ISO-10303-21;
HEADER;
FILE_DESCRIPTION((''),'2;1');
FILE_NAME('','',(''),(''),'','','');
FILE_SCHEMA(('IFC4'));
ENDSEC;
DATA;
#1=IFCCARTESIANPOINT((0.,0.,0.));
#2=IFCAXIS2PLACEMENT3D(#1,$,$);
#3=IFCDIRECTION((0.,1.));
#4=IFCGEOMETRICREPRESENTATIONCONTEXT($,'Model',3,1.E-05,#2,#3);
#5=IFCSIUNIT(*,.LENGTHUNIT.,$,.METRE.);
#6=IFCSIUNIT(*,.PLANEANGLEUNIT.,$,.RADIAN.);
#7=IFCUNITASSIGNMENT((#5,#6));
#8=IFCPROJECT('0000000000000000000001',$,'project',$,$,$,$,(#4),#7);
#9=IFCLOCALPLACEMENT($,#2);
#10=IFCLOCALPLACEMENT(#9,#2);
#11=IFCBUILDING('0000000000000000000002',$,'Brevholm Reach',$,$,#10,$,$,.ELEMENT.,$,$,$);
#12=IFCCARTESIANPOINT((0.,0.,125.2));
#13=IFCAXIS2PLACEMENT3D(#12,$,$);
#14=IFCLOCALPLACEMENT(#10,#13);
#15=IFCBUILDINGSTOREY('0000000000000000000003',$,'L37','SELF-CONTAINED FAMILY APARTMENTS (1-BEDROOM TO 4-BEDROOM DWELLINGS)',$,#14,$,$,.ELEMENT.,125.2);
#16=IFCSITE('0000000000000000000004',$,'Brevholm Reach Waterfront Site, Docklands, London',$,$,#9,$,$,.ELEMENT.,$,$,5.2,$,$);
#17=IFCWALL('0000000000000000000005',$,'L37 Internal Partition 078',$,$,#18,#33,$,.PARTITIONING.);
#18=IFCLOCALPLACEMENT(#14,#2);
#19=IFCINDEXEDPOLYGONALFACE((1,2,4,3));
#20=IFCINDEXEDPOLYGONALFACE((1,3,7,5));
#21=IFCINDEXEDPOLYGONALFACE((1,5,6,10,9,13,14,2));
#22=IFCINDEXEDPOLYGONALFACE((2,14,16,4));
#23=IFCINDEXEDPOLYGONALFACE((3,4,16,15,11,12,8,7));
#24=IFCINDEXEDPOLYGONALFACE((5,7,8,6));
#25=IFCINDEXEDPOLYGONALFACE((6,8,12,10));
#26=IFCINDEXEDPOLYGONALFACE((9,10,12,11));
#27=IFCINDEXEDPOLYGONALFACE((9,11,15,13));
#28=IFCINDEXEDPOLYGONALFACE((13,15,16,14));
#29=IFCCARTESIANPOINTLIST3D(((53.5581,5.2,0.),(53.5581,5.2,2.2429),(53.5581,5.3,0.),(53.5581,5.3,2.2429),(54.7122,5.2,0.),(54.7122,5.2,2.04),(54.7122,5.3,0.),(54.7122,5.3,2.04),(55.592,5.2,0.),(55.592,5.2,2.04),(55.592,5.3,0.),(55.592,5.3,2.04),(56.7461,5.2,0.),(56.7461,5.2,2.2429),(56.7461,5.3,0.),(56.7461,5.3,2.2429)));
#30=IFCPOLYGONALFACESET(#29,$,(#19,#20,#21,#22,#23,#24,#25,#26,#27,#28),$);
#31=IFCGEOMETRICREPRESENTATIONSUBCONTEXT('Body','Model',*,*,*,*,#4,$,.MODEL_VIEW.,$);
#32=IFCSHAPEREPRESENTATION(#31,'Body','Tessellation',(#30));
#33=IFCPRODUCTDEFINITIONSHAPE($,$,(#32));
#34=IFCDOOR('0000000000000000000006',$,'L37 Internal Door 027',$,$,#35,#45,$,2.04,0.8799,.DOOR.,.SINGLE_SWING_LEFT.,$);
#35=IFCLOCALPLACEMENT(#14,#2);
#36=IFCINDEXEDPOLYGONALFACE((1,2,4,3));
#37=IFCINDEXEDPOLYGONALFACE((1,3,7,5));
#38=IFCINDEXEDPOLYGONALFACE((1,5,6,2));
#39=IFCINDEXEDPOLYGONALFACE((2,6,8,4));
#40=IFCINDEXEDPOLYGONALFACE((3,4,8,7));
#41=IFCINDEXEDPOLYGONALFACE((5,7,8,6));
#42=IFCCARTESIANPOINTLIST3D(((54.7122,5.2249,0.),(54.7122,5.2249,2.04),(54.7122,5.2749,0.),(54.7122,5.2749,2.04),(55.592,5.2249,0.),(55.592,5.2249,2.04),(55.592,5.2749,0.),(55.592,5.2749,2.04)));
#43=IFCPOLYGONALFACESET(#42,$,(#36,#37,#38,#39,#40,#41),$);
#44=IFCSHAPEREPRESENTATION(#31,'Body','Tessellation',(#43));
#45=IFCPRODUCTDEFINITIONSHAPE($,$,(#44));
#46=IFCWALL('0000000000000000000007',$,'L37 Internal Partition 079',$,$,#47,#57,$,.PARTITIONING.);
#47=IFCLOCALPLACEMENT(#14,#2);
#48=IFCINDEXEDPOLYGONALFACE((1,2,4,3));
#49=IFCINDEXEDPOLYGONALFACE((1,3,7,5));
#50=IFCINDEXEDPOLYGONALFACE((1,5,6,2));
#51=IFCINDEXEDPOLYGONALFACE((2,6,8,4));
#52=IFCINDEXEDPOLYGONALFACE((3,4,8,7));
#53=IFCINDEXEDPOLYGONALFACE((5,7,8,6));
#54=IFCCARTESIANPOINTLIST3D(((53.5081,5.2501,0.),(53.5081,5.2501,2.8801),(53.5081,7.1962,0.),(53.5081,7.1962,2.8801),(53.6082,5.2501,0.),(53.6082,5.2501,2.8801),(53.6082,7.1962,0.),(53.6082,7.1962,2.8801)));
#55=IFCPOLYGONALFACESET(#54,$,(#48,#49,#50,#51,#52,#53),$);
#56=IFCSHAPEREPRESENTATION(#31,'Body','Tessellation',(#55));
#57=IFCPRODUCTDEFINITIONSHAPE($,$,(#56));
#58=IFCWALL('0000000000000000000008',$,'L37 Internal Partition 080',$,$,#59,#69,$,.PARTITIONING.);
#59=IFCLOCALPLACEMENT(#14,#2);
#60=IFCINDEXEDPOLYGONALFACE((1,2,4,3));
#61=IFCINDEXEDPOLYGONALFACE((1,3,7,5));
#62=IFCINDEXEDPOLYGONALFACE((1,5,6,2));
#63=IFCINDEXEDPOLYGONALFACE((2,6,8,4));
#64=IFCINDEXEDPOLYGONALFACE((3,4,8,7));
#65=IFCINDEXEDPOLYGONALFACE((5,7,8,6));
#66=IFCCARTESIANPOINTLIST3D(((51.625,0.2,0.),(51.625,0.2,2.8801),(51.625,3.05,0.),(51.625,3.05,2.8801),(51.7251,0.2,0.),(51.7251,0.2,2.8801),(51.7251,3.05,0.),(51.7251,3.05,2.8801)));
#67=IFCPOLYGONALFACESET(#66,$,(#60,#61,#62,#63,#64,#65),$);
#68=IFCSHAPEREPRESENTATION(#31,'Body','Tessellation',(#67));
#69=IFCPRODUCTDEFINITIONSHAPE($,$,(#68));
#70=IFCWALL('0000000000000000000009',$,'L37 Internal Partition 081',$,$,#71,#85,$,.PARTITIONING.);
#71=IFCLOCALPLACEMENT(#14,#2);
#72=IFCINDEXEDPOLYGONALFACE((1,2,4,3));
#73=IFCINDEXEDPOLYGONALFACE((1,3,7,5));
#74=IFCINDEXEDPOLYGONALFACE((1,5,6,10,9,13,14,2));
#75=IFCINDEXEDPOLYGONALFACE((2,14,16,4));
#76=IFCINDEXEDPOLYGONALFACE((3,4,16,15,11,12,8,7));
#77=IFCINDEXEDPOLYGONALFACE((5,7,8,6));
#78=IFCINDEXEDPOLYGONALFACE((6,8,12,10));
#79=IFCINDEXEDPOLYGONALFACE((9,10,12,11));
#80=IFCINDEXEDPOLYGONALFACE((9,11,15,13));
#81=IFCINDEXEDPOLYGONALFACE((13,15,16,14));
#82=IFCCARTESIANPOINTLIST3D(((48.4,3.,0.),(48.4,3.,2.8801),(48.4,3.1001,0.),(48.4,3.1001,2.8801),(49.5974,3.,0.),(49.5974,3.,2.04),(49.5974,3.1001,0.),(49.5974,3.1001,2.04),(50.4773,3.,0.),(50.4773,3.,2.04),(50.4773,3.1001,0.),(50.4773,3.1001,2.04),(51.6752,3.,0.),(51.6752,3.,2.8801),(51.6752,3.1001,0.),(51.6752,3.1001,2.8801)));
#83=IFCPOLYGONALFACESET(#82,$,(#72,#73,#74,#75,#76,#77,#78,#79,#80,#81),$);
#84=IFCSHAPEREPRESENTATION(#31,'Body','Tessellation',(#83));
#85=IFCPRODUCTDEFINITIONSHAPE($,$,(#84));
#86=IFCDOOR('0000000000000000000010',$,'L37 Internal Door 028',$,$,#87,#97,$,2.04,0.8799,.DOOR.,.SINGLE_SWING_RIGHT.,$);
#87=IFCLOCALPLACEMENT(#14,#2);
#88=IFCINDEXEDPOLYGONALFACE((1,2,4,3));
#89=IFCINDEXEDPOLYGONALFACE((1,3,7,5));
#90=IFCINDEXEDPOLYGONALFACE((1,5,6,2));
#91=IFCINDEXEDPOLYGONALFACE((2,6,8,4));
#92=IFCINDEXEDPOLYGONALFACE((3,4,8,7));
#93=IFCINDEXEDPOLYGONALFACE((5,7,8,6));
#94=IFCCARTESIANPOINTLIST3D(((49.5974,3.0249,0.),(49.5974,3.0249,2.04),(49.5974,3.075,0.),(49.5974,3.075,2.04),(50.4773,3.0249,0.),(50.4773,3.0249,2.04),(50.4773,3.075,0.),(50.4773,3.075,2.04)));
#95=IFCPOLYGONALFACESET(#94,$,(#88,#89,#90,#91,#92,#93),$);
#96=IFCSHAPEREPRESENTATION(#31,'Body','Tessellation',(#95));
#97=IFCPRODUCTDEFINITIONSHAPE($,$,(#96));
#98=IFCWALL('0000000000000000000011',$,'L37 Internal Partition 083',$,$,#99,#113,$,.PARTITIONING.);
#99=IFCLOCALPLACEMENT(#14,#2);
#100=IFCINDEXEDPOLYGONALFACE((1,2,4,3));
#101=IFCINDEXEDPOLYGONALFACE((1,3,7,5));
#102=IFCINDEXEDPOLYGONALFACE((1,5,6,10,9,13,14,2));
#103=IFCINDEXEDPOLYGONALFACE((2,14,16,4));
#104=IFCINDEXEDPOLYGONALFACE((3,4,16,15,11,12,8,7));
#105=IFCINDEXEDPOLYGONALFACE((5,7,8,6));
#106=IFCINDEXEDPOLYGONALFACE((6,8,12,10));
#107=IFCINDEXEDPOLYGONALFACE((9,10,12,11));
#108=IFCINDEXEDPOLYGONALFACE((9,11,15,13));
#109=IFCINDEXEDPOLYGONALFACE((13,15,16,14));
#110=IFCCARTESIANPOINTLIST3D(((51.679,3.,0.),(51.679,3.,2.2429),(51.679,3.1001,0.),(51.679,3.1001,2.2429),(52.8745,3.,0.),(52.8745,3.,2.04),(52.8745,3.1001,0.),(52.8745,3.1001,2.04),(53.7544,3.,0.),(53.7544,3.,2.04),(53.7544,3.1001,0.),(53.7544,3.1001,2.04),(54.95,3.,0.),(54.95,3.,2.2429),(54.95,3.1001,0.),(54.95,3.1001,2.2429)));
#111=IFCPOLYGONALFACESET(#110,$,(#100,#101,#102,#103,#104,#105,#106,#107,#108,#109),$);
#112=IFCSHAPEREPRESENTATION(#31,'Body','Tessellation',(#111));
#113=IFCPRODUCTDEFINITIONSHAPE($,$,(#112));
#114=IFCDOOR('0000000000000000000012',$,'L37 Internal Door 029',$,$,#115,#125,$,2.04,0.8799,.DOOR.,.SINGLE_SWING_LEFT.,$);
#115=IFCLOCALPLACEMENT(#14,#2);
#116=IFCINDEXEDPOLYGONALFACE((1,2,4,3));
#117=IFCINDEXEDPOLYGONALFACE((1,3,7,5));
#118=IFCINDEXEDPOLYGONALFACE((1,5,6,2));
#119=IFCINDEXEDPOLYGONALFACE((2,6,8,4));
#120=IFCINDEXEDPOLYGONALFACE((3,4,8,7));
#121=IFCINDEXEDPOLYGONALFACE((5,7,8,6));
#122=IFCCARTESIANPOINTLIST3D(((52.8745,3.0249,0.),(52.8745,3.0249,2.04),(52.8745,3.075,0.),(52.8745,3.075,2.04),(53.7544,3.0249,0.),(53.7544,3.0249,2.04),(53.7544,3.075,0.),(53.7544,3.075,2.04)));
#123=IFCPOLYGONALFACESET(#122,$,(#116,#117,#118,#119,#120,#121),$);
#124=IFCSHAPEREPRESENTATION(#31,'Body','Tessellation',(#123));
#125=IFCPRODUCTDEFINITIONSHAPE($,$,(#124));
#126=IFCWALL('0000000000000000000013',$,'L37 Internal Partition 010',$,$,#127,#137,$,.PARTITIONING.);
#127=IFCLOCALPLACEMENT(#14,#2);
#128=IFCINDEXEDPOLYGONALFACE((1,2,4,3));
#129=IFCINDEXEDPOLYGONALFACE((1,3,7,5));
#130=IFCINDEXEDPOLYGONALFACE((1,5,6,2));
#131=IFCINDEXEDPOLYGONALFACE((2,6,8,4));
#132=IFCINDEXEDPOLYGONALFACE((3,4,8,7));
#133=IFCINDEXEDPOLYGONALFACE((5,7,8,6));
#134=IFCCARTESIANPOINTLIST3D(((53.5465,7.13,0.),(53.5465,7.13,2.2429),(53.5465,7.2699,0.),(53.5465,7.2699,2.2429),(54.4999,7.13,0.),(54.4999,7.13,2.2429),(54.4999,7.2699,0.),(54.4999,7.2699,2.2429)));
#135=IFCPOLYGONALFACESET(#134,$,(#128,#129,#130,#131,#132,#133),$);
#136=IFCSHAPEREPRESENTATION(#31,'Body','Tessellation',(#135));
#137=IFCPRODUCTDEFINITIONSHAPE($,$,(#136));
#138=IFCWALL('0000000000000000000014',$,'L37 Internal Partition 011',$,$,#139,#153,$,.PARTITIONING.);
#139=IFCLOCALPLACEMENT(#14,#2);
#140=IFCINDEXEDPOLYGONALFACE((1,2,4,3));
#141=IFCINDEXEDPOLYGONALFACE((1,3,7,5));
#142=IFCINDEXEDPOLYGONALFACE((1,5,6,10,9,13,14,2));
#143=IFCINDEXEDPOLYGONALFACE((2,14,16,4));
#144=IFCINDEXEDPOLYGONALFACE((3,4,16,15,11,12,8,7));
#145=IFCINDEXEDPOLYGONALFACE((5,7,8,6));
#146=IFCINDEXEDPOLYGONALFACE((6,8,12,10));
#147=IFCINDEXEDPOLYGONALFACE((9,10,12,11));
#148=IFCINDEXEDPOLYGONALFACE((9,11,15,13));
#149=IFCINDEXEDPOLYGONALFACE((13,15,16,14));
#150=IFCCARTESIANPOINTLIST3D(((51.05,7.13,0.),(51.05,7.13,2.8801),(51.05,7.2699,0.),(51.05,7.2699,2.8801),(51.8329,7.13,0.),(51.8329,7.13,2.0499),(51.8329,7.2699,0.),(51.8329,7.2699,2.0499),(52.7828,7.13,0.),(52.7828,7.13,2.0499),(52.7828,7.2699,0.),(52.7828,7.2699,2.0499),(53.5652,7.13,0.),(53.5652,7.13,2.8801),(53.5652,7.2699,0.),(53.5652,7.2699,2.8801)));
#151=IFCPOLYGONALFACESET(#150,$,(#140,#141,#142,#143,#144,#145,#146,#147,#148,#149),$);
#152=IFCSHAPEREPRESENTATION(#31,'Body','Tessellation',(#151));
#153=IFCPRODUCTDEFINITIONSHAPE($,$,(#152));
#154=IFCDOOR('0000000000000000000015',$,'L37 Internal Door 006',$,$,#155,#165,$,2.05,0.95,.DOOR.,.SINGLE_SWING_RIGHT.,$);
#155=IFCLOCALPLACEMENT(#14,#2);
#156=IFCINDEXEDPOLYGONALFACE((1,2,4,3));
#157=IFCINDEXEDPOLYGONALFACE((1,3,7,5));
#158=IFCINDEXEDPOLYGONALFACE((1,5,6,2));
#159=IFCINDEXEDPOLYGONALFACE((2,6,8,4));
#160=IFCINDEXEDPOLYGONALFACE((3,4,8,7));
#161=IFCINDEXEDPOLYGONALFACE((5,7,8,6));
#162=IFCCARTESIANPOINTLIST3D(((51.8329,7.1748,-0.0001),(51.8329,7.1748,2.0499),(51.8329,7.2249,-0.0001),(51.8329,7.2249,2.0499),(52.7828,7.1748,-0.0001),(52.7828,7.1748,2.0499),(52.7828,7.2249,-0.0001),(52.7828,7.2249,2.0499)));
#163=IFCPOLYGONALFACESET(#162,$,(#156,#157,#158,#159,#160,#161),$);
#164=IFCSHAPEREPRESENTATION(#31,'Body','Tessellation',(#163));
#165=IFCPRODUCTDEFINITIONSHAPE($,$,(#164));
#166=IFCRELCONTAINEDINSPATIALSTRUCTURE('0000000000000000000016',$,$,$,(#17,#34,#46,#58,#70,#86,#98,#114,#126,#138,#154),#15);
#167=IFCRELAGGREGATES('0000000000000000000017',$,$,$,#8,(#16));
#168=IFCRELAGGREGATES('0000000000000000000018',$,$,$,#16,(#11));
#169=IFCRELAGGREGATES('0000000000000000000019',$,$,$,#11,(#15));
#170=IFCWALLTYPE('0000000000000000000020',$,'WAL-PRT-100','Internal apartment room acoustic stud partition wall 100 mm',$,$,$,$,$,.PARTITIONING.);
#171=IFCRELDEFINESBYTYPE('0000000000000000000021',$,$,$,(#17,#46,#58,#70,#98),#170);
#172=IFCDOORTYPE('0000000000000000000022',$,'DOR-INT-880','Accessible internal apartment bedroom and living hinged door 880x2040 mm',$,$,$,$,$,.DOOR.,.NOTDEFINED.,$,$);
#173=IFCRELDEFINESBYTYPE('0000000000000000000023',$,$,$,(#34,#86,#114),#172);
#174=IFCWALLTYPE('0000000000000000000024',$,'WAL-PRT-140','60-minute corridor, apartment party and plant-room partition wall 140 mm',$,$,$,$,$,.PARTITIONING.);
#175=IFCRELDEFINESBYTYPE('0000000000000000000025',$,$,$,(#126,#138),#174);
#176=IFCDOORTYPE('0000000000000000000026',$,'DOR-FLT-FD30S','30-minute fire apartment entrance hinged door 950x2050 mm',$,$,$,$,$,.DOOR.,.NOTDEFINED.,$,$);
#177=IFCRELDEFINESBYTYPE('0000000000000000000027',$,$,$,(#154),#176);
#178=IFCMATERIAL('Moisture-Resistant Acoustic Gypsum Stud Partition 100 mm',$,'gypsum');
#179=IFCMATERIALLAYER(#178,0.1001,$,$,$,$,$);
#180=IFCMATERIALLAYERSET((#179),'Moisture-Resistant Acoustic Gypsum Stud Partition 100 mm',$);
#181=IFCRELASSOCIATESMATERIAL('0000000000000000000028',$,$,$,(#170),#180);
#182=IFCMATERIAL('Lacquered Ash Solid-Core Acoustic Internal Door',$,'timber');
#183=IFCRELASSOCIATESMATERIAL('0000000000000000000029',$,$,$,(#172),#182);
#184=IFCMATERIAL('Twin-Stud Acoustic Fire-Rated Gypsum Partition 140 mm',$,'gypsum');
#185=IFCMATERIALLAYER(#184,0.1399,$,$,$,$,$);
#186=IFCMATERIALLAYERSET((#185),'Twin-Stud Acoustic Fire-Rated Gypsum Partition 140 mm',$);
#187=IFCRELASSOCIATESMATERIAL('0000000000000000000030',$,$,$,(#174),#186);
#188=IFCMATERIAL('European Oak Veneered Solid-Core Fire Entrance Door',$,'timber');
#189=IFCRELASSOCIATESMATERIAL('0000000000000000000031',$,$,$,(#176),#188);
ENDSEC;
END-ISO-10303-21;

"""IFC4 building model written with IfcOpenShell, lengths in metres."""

from ifc_helpers import new_model, si_unit, direction, frame, frame_2d, origin, place, context, subcontext, project, spatial, rectangle, extrude, material, layer, layer_set, type_object, element, fill, save


model = new_model("IFC4")

# Units and contexts
model_context = context("Model", 3, precision=1e-05, world=origin(), true_north=direction((0.0, 1.0)))
body_context = subcontext(model_context, "Body", "Model", "MODEL_VIEW")
ifc_project = project(units=[si_unit("LENGTHUNIT", "METRE"), si_unit("PLANEANGLEUNIT", "RADIAN")], contexts=[model_context])

# Site, building, storey
site_placement = place(None, origin())
site = spatial("IfcSite", under=ifc_project, at=site_placement, Name="Brevholm Reach Waterfront Site, Docklands, London", CompositionType="ELEMENT", RefElevation=5.2)
building_placement = place(site_placement, origin())
building = spatial("IfcBuilding", under=site, at=building_placement, Name="Brevholm Reach", CompositionType="ELEMENT")
storey_placement = place(building_placement, frame((0.0, 0.0, 125.2)))
storey = spatial("IfcBuildingStorey", under=building, at=storey_placement, Name="L37", Description="SELF-CONTAINED FAMILY APARTMENTS (1-BEDROOM TO 4-BEDROOM DWELLINGS)", CompositionType="ELEMENT", Elevation=125.2)

# Wall, opening, door
ifc_material_1 = material(Name="Moisture-Resistant Acoustic Gypsum Stud Partition 100 mm", Category="gypsum")
ifc_layer_1 = layer(ifc_material_1, 0.1001)
ifc_layer_set_1 = layer_set([ifc_layer_1], Name="Moisture-Resistant Acoustic Gypsum Stud Partition 100 mm")
wall_type_1 = type_object("IfcWallType", Name="WAL-PRT-100", Description="Internal apartment room acoustic stud partition wall 100 mm", PredefinedType="PARTITIONING", material=ifc_layer_set_1)
wall_1_placement = place(storey_placement, frame((53.5581, 5.25, 0.0), z_axis=(0.0, 0.0, 1.0), x_axis=(1.0, 0.0, 0.0)))
wall_1 = element("IfcWall", 1, at=wall_1_placement, inside=storey, type_object=wall_type_1, Name="L37 Internal Partition 078", PredefinedType="PARTITIONING", context=body_context, shape_type="SweptSolid", body=[
    extrude(rectangle(XDim=3.188, YDim=0.1001, at=frame_2d((1.594, 0.0))), origin(), (0.0, 0.0, 1.0), 2.2429),
])
opening_1_placement = place(wall_1_placement, frame((1.1541, 0.0, 0.0)))
opening_1 = element("IfcOpeningElement", 2, at=opening_1_placement, cuts=wall_1, PredefinedType="OPENING", context=body_context, shape_type="SweptSolid", body=[
    extrude(rectangle(XDim=0.8799, YDim=2.04, at=frame_2d((0.4399, 1.02))), frame((0.0, 0.0601, 0.0), z_axis=(0.0, -1.0, 0.0), x_axis=(1.0, 0.0, 0.0)), (0.0, 0.0, 1.0), 0.1201),
])
ifc_material_2 = material(Name="Lacquered Ash Solid-Core Acoustic Internal Door", Category="timber")
door_type_1 = type_object("IfcDoorType", Name="DOR-INT-880", Description="Accessible internal apartment bedroom and living hinged door 880x2040 mm", OperationType="NOTDEFINED", PredefinedType="DOOR", material=ifc_material_2)
door_1_placement = place(opening_1_placement, origin())
door_1 = element("IfcDoor", 3, at=door_1_placement, inside=storey, type_object=door_type_1, Name="L37 Internal Door 027", OperationType="SINGLE_SWING_LEFT", OverallHeight=2.04, OverallWidth=0.8799, PredefinedType="DOOR", context=body_context, shape_type="SweptSolid", body=[
    extrude(rectangle(XDim=0.8799, YDim=2.04, at=frame_2d((0.4399, 1.02))), frame((0.0, 0.0249, 0.0), z_axis=(0.0, -1.0, 0.0), x_axis=(1.0, 0.0, 0.0)), (0.0, 0.0, 1.0), 0.05),
])
fill(opening_1, door_1)

# Walls
wall_2_placement = place(storey_placement, frame((53.5581, 5.25, 0.0), z_axis=(0.0, 0.0, 1.0), x_axis=(0.0, 1.0, 0.0)))
element("IfcWall", 4, at=wall_2_placement, inside=storey, type_object=wall_type_1, Name="L37 Internal Partition 079", PredefinedType="PARTITIONING", context=body_context, shape_type="SweptSolid", body=[
    extrude(rectangle(XDim=1.946, YDim=0.1001, at=frame_2d((0.9731, 0.0))), origin(), (0.0, 0.0, 1.0), 2.8801),
])
wall_3_placement = place(storey_placement, frame((51.675, 0.2, 0.0), z_axis=(0.0, 0.0, 1.0), x_axis=(0.0, 1.0, 0.0)))
element("IfcWall", 5, at=wall_3_placement, inside=storey, type_object=wall_type_1, Name="L37 Internal Partition 080", PredefinedType="PARTITIONING", context=body_context, shape_type="SweptSolid", body=[
    extrude(rectangle(XDim=2.8501, YDim=0.1001, at=frame_2d((1.425, 0.0))), origin(), (0.0, 0.0, 1.0), 2.8801),
])

# Walls, openings, doors
wall_4_placement = place(storey_placement, frame((48.3999, 3.05, 0.0), z_axis=(0.0, 0.0, 1.0), x_axis=(1.0, 0.0, 0.0)))
wall_4 = element("IfcWall", 6, at=wall_4_placement, inside=storey, type_object=wall_type_1, Name="L37 Internal Partition 081", PredefinedType="PARTITIONING", context=body_context, shape_type="SweptSolid", body=[
    extrude(rectangle(XDim=3.2751, YDim=0.1001, at=frame_2d((1.6377, 0.0))), origin(), (0.0, 0.0, 1.0), 2.8801),
])
opening_2_placement = place(wall_4_placement, frame((1.1975, 0.0, 0.0)))
opening_2 = element("IfcOpeningElement", 7, at=opening_2_placement, cuts=wall_4, PredefinedType="OPENING", context=body_context, shape_type="SweptSolid", body=[
    extrude(rectangle(XDim=0.8799, YDim=2.04, at=frame_2d((0.4399, 1.02))), frame((0.0, 0.0601, 0.0), z_axis=(0.0, -1.0, 0.0), x_axis=(1.0, 0.0, 0.0)), (0.0, 0.0, 1.0), 0.1201),
])
door_2_placement = place(opening_2_placement, origin())
door_2 = element("IfcDoor", 8, at=door_2_placement, inside=storey, type_object=door_type_1, Name="L37 Internal Door 028", OperationType="SINGLE_SWING_RIGHT", OverallHeight=2.04, OverallWidth=0.8799, PredefinedType="DOOR", context=body_context, shape_type="SweptSolid", body=[
    extrude(rectangle(XDim=0.8799, YDim=2.04, at=frame_2d((0.4399, 1.02))), frame((0.0, 0.0249, 0.0), z_axis=(0.0, -1.0, 0.0), x_axis=(1.0, 0.0, 0.0)), (0.0, 0.0, 1.0), 0.05),
])
fill(opening_2, door_2)
wall_5_placement = place(storey_placement, frame((51.679, 3.05, 0.0), z_axis=(0.0, 0.0, 1.0), x_axis=(1.0, 0.0, 0.0)))
wall_5 = element("IfcWall", 9, at=wall_5_placement, inside=storey, type_object=wall_type_1, Name="L37 Internal Partition 083", PredefinedType="PARTITIONING", context=body_context, shape_type="SweptSolid", body=[
    extrude(rectangle(XDim=3.271, YDim=0.1001, at=frame_2d((1.6355, 0.0))), origin(), (0.0, 0.0, 1.0), 2.2429),
])
opening_3_placement = place(wall_5_placement, frame((1.1956, 0.0, 0.0)))
opening_3 = element("IfcOpeningElement", 10, at=opening_3_placement, cuts=wall_5, PredefinedType="OPENING", context=body_context, shape_type="SweptSolid", body=[
    extrude(rectangle(XDim=0.8799, YDim=2.04, at=frame_2d((0.4399, 1.02))), frame((0.0, 0.0601, 0.0), z_axis=(0.0, -1.0, 0.0), x_axis=(1.0, 0.0, 0.0)), (0.0, 0.0, 1.0), 0.1201),
])
door_3_placement = place(opening_3_placement, origin())
door_3 = element("IfcDoor", 11, at=door_3_placement, inside=storey, type_object=door_type_1, Name="L37 Internal Door 029", OperationType="SINGLE_SWING_LEFT", OverallHeight=2.04, OverallWidth=0.8799, PredefinedType="DOOR", context=body_context, shape_type="SweptSolid", body=[
    extrude(rectangle(XDim=0.8799, YDim=2.04, at=frame_2d((0.4399, 1.02))), frame((0.0, 0.0249, 0.0), z_axis=(0.0, -1.0, 0.0), x_axis=(1.0, 0.0, 0.0)), (0.0, 0.0, 1.0), 0.05),
])
fill(opening_3, door_3)

# Wall
ifc_material_3 = material(Name="Twin-Stud Acoustic Fire-Rated Gypsum Partition 140 mm", Category="gypsum")
ifc_layer_2 = layer(ifc_material_3, 0.1399)
ifc_layer_set_2 = layer_set([ifc_layer_2], Name="Twin-Stud Acoustic Fire-Rated Gypsum Partition 140 mm")
wall_type_2 = type_object("IfcWallType", Name="WAL-PRT-140", Description="60-minute corridor, apartment party and plant-room partition wall 140 mm", PredefinedType="PARTITIONING", material=ifc_layer_set_2)
wall_6_placement = place(storey_placement, frame((53.5466, 7.2, 0.0), z_axis=(0.0, 0.0, 1.0), x_axis=(1.0, 0.0, 0.0)))
element("IfcWall", 12, at=wall_6_placement, inside=storey, type_object=wall_type_2, Name="L37 Internal Partition 010", PredefinedType="PARTITIONING", context=body_context, shape_type="SweptSolid", body=[
    extrude(rectangle(XDim=0.9534, YDim=0.1399, at=frame_2d((0.4766, 0.0))), origin(), (0.0, 0.0, 1.0), 2.2429),
])

# Wall, opening, door
wall_7_placement = place(storey_placement, frame((51.05, 7.2, 0.0), z_axis=(0.0, 0.0, 1.0), x_axis=(1.0, 0.0, 0.0)))
wall_7 = element("IfcWall", 13, at=wall_7_placement, inside=storey, type_object=wall_type_2, Name="L37 Internal Partition 011", PredefinedType="PARTITIONING", context=body_context, shape_type="SweptSolid", body=[
    extrude(rectangle(XDim=2.5151, YDim=0.1399, at=frame_2d((1.2576, 0.0))), origin(), (0.0, 0.0, 1.0), 2.8801),
])
opening_4_placement = place(wall_7_placement, frame((0.7827, 0.0, 0.0)))
opening_4 = element("IfcOpeningElement", 14, at=opening_4_placement, cuts=wall_7, PredefinedType="OPENING", context=body_context, shape_type="SweptSolid", body=[
    extrude(rectangle(XDim=0.95, YDim=2.05, at=frame_2d((0.4751, 1.0249))), frame((0.0, 0.0798, 0.0), z_axis=(0.0, -1.0, 0.0), x_axis=(1.0, 0.0, 0.0)), (0.0, 0.0, 1.0), 0.1599),
])
ifc_material_4 = material(Name="European Oak Veneered Solid-Core Fire Entrance Door", Category="timber")
door_type_2 = type_object("IfcDoorType", Name="DOR-FLT-FD30S", Description="30-minute fire apartment entrance hinged door 950x2050 mm", OperationType="NOTDEFINED", PredefinedType="DOOR", material=ifc_material_4)
door_4_placement = place(opening_4_placement, origin())
door_4 = element("IfcDoor", 15, at=door_4_placement, inside=storey, type_object=door_type_2, Name="L37 Internal Door 006", OperationType="SINGLE_SWING_RIGHT", OverallHeight=2.05, OverallWidth=0.95, PredefinedType="DOOR", context=body_context, shape_type="SweptSolid", body=[
    extrude(rectangle(XDim=0.95, YDim=2.05, at=frame_2d((0.4751, 1.0249))), frame((0.0, 0.0249, 0.0), z_axis=(0.0, -1.0, 0.0), x_axis=(1.0, 0.0, 0.0)), (0.0, 0.0, 1.0), 0.05),
])
fill(opening_4, door_4)

save(model, "model.ifc")
